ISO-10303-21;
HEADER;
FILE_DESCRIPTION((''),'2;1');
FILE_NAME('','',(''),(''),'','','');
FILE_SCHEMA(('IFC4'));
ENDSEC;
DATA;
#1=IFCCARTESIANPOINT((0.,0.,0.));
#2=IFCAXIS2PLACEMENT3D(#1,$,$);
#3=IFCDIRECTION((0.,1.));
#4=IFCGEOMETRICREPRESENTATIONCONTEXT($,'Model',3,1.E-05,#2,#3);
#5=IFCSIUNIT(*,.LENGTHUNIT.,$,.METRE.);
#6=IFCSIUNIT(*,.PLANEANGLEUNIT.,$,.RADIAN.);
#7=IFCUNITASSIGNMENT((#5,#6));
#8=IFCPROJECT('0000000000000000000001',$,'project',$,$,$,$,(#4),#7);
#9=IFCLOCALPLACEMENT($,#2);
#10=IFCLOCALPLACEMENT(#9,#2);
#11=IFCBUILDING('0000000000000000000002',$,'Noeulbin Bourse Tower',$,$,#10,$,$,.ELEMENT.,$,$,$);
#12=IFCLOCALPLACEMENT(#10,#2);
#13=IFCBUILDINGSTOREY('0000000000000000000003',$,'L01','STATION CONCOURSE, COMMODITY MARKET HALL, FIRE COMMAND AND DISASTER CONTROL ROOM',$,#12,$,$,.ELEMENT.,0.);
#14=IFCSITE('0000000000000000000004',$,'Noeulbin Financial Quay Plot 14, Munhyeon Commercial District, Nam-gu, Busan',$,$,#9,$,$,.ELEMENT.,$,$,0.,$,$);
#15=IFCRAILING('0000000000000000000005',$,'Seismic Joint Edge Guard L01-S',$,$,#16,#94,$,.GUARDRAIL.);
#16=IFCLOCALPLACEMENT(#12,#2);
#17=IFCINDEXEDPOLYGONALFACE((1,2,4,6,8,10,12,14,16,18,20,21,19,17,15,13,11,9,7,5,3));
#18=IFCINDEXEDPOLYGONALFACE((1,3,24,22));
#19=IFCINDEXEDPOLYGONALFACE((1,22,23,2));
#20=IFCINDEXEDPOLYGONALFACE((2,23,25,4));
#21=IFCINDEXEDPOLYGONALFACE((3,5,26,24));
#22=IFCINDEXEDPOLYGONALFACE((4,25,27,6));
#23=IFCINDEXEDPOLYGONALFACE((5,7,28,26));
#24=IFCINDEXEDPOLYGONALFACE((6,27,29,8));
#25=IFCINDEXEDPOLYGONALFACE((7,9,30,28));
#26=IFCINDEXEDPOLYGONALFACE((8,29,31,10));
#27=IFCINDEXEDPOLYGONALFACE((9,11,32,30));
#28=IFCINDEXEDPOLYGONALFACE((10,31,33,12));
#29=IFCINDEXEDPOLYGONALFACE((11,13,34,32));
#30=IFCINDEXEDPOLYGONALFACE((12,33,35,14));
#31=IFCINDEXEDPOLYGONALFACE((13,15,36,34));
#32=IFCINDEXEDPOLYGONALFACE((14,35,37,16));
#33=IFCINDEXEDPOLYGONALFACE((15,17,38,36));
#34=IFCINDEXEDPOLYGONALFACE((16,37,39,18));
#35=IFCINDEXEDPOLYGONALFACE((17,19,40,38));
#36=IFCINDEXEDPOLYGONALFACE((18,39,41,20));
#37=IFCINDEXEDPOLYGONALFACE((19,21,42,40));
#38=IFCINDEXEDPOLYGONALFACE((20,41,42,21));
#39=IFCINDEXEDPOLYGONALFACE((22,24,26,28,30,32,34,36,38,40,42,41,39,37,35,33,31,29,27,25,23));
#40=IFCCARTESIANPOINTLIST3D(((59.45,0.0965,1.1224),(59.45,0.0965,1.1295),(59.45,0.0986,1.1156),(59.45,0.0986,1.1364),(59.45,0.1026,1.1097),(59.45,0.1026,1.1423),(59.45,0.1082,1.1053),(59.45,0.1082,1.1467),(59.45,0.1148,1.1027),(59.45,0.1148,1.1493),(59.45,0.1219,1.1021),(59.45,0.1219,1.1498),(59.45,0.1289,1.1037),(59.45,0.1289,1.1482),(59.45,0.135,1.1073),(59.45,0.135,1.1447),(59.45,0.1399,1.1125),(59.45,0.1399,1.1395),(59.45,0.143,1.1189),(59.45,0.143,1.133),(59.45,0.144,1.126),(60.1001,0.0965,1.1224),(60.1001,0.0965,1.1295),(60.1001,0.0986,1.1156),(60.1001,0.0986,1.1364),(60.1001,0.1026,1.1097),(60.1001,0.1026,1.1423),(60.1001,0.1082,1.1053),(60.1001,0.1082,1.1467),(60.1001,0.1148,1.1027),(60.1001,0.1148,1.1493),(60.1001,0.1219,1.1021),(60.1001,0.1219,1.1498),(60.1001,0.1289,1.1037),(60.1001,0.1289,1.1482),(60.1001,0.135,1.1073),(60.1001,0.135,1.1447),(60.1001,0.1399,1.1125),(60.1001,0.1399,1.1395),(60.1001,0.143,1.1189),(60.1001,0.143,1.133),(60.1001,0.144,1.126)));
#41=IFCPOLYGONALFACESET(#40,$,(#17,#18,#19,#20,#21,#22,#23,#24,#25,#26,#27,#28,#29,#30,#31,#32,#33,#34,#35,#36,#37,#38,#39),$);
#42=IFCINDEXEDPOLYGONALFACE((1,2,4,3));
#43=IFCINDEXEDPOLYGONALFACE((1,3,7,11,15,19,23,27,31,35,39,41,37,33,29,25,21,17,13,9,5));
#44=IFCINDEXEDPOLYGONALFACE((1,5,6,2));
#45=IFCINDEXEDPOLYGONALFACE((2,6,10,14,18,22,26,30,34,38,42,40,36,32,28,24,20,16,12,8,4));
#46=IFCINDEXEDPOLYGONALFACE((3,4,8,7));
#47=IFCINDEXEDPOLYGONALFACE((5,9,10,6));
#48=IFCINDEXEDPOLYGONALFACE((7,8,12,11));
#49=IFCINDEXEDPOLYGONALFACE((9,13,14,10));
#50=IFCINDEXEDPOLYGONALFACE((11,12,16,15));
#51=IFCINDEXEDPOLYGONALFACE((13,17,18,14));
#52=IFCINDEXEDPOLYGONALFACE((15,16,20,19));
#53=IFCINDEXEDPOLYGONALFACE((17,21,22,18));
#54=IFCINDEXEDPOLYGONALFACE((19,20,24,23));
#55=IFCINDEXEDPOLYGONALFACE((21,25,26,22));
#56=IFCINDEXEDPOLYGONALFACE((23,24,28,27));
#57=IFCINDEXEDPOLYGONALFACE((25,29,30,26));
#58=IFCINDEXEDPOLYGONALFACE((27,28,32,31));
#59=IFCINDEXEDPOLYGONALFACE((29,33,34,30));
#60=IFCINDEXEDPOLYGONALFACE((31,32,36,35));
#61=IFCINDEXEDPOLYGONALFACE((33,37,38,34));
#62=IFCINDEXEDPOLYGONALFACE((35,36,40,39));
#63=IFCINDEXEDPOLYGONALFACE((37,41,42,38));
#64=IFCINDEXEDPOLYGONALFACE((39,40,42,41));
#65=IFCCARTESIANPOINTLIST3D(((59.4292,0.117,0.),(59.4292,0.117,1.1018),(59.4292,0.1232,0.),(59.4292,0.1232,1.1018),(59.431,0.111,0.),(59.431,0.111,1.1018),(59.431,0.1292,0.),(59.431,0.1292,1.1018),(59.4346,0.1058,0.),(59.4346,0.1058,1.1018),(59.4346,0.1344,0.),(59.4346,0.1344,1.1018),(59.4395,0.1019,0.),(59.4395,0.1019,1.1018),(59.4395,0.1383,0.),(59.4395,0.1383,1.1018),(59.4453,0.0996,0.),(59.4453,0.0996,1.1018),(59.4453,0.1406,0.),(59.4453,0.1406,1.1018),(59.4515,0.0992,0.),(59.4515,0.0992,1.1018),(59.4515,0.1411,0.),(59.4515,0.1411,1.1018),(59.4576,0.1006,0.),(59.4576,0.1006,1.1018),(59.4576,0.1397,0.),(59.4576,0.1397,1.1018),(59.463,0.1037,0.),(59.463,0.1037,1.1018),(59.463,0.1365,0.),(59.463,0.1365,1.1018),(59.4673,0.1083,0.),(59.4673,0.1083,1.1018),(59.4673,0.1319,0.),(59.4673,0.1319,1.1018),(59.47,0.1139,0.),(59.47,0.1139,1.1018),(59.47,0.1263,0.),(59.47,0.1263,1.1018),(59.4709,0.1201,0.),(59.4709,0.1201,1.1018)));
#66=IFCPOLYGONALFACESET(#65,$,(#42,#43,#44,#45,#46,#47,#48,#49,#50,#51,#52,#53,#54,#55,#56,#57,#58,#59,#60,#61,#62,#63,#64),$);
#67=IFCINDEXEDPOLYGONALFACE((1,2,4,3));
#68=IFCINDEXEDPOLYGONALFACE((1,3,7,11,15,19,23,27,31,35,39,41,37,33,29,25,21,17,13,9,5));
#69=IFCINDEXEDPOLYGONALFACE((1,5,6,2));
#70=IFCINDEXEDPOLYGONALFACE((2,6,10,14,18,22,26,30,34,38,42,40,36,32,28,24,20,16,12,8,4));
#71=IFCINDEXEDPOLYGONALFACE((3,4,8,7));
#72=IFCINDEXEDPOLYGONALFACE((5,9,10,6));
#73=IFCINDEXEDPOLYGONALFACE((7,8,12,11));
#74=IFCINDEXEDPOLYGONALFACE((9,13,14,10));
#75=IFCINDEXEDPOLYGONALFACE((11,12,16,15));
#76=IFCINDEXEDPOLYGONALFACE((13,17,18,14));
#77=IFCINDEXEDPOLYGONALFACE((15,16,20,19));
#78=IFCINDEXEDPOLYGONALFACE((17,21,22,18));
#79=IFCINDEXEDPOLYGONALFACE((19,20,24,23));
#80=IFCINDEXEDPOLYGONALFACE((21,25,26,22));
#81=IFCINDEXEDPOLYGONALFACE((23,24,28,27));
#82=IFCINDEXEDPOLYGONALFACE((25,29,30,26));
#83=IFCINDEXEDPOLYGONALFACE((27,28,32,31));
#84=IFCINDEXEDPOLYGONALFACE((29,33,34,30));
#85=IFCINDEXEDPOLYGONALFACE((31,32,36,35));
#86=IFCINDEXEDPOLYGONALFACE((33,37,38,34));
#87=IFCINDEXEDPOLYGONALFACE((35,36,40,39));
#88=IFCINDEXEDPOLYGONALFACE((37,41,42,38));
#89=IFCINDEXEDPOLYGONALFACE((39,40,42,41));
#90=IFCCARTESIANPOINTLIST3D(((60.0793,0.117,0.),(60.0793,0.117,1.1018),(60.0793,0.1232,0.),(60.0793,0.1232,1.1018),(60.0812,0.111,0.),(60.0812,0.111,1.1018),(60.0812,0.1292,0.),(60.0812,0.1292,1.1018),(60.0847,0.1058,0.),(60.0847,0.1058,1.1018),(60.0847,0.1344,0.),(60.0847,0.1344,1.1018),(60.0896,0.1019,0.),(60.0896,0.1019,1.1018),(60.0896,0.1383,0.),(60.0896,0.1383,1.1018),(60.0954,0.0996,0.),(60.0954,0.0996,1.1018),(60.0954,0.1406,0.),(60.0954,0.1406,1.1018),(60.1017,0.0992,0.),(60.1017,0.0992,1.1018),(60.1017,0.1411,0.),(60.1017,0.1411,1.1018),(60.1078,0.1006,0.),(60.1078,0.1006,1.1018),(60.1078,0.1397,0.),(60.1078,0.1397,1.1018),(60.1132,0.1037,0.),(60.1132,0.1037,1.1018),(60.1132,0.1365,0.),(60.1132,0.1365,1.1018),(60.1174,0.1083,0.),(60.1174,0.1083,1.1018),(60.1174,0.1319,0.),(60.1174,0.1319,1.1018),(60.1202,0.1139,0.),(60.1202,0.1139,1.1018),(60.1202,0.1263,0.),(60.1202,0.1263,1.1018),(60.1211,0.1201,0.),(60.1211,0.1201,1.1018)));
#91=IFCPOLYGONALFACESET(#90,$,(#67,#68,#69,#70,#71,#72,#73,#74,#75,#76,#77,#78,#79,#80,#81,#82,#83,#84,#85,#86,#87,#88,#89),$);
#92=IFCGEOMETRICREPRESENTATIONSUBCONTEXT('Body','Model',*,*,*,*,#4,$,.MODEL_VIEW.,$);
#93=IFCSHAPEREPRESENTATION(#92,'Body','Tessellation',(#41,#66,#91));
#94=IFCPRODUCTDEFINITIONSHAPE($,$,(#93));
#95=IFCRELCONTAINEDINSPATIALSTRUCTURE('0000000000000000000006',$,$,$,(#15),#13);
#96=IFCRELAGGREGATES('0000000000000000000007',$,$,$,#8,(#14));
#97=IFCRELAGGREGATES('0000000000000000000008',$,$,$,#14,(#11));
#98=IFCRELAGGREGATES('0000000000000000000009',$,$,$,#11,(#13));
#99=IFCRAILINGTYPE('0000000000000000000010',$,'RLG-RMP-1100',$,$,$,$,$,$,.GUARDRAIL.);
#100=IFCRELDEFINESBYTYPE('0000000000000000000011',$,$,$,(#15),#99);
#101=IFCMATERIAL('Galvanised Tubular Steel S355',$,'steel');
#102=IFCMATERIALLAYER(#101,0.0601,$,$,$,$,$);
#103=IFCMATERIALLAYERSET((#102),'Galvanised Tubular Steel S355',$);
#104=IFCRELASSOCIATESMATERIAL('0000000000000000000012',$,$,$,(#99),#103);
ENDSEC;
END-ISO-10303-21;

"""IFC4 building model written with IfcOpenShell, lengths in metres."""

from ifc_helpers import new_model, si_unit, direction, frame, origin, origin_2d, place, context, subcontext, project, spatial, circle, extrude, material, layer, layer_set, type_object, element, save


model = new_model("IFC4")

# Units and contexts
model_context = context("Model", 3, precision=1e-05, world=origin(), true_north=direction((0.0, 1.0)))
body_context = subcontext(model_context, "Body", "Model", "MODEL_VIEW")
ifc_project = project(units=[si_unit("LENGTHUNIT", "METRE"), si_unit("PLANEANGLEUNIT", "RADIAN")], contexts=[model_context])

# Site, building, storey
site_placement = place(None, origin())
site = spatial("IfcSite", under=ifc_project, at=site_placement, Name="Noeulbin Financial Quay Plot 14, Munhyeon Commercial District, Nam-gu, Busan", CompositionType="ELEMENT", RefElevation=0.0)
building_placement = place(site_placement, origin())
building = spatial("IfcBuilding", under=site, at=building_placement, Name="Noeulbin Bourse Tower", CompositionType="ELEMENT")
storey_placement = place(building_placement, origin())
storey = spatial("IfcBuildingStorey", under=building, at=storey_placement, Name="L01", Description="STATION CONCOURSE, COMMODITY MARKET HALL, FIRE COMMAND AND DISASTER CONTROL ROOM", CompositionType="ELEMENT", Elevation=0.0)

# Railing
ifc_material_1 = material(Name="Galvanised Tubular Steel S355", Category="steel")
ifc_layer_1 = layer(ifc_material_1, 0.0601)
ifc_layer_set_1 = layer_set([ifc_layer_1], Name="Galvanised Tubular Steel S355")
railing_type = type_object("IfcRailingType", Name="RLG-RMP-1100", PredefinedType="GUARDRAIL", material=ifc_layer_set_1)
railing_placement = place(storey_placement, frame((59.45, 0.1201, 0.0)))
element("IfcRailing", 1, at=railing_placement, inside=storey, type_object=railing_type, Name="Seismic Joint Edge Guard L01-S", PredefinedType="GUARDRAIL", context=body_context, shape_type="SweptSolid", body=[
    extrude(circle(Radius=0.0239, at=origin_2d()), frame((0.0, 0.0, 1.126), z_axis=(1.0, 0.0, 0.0), x_axis=(0.0, 1.0, 0.0)), (0.0, 0.0, 1.0), 0.6501),
    extrude(circle(Radius=0.021, at=origin_2d()), origin(), (0.0, 0.0, 1.0), 1.1018),
    extrude(circle(Radius=0.021, at=origin_2d()), frame((0.6501, 0.0, 0.0)), (0.0, 0.0, 1.0), 1.1018),
])

save(model, "model.ifc")
